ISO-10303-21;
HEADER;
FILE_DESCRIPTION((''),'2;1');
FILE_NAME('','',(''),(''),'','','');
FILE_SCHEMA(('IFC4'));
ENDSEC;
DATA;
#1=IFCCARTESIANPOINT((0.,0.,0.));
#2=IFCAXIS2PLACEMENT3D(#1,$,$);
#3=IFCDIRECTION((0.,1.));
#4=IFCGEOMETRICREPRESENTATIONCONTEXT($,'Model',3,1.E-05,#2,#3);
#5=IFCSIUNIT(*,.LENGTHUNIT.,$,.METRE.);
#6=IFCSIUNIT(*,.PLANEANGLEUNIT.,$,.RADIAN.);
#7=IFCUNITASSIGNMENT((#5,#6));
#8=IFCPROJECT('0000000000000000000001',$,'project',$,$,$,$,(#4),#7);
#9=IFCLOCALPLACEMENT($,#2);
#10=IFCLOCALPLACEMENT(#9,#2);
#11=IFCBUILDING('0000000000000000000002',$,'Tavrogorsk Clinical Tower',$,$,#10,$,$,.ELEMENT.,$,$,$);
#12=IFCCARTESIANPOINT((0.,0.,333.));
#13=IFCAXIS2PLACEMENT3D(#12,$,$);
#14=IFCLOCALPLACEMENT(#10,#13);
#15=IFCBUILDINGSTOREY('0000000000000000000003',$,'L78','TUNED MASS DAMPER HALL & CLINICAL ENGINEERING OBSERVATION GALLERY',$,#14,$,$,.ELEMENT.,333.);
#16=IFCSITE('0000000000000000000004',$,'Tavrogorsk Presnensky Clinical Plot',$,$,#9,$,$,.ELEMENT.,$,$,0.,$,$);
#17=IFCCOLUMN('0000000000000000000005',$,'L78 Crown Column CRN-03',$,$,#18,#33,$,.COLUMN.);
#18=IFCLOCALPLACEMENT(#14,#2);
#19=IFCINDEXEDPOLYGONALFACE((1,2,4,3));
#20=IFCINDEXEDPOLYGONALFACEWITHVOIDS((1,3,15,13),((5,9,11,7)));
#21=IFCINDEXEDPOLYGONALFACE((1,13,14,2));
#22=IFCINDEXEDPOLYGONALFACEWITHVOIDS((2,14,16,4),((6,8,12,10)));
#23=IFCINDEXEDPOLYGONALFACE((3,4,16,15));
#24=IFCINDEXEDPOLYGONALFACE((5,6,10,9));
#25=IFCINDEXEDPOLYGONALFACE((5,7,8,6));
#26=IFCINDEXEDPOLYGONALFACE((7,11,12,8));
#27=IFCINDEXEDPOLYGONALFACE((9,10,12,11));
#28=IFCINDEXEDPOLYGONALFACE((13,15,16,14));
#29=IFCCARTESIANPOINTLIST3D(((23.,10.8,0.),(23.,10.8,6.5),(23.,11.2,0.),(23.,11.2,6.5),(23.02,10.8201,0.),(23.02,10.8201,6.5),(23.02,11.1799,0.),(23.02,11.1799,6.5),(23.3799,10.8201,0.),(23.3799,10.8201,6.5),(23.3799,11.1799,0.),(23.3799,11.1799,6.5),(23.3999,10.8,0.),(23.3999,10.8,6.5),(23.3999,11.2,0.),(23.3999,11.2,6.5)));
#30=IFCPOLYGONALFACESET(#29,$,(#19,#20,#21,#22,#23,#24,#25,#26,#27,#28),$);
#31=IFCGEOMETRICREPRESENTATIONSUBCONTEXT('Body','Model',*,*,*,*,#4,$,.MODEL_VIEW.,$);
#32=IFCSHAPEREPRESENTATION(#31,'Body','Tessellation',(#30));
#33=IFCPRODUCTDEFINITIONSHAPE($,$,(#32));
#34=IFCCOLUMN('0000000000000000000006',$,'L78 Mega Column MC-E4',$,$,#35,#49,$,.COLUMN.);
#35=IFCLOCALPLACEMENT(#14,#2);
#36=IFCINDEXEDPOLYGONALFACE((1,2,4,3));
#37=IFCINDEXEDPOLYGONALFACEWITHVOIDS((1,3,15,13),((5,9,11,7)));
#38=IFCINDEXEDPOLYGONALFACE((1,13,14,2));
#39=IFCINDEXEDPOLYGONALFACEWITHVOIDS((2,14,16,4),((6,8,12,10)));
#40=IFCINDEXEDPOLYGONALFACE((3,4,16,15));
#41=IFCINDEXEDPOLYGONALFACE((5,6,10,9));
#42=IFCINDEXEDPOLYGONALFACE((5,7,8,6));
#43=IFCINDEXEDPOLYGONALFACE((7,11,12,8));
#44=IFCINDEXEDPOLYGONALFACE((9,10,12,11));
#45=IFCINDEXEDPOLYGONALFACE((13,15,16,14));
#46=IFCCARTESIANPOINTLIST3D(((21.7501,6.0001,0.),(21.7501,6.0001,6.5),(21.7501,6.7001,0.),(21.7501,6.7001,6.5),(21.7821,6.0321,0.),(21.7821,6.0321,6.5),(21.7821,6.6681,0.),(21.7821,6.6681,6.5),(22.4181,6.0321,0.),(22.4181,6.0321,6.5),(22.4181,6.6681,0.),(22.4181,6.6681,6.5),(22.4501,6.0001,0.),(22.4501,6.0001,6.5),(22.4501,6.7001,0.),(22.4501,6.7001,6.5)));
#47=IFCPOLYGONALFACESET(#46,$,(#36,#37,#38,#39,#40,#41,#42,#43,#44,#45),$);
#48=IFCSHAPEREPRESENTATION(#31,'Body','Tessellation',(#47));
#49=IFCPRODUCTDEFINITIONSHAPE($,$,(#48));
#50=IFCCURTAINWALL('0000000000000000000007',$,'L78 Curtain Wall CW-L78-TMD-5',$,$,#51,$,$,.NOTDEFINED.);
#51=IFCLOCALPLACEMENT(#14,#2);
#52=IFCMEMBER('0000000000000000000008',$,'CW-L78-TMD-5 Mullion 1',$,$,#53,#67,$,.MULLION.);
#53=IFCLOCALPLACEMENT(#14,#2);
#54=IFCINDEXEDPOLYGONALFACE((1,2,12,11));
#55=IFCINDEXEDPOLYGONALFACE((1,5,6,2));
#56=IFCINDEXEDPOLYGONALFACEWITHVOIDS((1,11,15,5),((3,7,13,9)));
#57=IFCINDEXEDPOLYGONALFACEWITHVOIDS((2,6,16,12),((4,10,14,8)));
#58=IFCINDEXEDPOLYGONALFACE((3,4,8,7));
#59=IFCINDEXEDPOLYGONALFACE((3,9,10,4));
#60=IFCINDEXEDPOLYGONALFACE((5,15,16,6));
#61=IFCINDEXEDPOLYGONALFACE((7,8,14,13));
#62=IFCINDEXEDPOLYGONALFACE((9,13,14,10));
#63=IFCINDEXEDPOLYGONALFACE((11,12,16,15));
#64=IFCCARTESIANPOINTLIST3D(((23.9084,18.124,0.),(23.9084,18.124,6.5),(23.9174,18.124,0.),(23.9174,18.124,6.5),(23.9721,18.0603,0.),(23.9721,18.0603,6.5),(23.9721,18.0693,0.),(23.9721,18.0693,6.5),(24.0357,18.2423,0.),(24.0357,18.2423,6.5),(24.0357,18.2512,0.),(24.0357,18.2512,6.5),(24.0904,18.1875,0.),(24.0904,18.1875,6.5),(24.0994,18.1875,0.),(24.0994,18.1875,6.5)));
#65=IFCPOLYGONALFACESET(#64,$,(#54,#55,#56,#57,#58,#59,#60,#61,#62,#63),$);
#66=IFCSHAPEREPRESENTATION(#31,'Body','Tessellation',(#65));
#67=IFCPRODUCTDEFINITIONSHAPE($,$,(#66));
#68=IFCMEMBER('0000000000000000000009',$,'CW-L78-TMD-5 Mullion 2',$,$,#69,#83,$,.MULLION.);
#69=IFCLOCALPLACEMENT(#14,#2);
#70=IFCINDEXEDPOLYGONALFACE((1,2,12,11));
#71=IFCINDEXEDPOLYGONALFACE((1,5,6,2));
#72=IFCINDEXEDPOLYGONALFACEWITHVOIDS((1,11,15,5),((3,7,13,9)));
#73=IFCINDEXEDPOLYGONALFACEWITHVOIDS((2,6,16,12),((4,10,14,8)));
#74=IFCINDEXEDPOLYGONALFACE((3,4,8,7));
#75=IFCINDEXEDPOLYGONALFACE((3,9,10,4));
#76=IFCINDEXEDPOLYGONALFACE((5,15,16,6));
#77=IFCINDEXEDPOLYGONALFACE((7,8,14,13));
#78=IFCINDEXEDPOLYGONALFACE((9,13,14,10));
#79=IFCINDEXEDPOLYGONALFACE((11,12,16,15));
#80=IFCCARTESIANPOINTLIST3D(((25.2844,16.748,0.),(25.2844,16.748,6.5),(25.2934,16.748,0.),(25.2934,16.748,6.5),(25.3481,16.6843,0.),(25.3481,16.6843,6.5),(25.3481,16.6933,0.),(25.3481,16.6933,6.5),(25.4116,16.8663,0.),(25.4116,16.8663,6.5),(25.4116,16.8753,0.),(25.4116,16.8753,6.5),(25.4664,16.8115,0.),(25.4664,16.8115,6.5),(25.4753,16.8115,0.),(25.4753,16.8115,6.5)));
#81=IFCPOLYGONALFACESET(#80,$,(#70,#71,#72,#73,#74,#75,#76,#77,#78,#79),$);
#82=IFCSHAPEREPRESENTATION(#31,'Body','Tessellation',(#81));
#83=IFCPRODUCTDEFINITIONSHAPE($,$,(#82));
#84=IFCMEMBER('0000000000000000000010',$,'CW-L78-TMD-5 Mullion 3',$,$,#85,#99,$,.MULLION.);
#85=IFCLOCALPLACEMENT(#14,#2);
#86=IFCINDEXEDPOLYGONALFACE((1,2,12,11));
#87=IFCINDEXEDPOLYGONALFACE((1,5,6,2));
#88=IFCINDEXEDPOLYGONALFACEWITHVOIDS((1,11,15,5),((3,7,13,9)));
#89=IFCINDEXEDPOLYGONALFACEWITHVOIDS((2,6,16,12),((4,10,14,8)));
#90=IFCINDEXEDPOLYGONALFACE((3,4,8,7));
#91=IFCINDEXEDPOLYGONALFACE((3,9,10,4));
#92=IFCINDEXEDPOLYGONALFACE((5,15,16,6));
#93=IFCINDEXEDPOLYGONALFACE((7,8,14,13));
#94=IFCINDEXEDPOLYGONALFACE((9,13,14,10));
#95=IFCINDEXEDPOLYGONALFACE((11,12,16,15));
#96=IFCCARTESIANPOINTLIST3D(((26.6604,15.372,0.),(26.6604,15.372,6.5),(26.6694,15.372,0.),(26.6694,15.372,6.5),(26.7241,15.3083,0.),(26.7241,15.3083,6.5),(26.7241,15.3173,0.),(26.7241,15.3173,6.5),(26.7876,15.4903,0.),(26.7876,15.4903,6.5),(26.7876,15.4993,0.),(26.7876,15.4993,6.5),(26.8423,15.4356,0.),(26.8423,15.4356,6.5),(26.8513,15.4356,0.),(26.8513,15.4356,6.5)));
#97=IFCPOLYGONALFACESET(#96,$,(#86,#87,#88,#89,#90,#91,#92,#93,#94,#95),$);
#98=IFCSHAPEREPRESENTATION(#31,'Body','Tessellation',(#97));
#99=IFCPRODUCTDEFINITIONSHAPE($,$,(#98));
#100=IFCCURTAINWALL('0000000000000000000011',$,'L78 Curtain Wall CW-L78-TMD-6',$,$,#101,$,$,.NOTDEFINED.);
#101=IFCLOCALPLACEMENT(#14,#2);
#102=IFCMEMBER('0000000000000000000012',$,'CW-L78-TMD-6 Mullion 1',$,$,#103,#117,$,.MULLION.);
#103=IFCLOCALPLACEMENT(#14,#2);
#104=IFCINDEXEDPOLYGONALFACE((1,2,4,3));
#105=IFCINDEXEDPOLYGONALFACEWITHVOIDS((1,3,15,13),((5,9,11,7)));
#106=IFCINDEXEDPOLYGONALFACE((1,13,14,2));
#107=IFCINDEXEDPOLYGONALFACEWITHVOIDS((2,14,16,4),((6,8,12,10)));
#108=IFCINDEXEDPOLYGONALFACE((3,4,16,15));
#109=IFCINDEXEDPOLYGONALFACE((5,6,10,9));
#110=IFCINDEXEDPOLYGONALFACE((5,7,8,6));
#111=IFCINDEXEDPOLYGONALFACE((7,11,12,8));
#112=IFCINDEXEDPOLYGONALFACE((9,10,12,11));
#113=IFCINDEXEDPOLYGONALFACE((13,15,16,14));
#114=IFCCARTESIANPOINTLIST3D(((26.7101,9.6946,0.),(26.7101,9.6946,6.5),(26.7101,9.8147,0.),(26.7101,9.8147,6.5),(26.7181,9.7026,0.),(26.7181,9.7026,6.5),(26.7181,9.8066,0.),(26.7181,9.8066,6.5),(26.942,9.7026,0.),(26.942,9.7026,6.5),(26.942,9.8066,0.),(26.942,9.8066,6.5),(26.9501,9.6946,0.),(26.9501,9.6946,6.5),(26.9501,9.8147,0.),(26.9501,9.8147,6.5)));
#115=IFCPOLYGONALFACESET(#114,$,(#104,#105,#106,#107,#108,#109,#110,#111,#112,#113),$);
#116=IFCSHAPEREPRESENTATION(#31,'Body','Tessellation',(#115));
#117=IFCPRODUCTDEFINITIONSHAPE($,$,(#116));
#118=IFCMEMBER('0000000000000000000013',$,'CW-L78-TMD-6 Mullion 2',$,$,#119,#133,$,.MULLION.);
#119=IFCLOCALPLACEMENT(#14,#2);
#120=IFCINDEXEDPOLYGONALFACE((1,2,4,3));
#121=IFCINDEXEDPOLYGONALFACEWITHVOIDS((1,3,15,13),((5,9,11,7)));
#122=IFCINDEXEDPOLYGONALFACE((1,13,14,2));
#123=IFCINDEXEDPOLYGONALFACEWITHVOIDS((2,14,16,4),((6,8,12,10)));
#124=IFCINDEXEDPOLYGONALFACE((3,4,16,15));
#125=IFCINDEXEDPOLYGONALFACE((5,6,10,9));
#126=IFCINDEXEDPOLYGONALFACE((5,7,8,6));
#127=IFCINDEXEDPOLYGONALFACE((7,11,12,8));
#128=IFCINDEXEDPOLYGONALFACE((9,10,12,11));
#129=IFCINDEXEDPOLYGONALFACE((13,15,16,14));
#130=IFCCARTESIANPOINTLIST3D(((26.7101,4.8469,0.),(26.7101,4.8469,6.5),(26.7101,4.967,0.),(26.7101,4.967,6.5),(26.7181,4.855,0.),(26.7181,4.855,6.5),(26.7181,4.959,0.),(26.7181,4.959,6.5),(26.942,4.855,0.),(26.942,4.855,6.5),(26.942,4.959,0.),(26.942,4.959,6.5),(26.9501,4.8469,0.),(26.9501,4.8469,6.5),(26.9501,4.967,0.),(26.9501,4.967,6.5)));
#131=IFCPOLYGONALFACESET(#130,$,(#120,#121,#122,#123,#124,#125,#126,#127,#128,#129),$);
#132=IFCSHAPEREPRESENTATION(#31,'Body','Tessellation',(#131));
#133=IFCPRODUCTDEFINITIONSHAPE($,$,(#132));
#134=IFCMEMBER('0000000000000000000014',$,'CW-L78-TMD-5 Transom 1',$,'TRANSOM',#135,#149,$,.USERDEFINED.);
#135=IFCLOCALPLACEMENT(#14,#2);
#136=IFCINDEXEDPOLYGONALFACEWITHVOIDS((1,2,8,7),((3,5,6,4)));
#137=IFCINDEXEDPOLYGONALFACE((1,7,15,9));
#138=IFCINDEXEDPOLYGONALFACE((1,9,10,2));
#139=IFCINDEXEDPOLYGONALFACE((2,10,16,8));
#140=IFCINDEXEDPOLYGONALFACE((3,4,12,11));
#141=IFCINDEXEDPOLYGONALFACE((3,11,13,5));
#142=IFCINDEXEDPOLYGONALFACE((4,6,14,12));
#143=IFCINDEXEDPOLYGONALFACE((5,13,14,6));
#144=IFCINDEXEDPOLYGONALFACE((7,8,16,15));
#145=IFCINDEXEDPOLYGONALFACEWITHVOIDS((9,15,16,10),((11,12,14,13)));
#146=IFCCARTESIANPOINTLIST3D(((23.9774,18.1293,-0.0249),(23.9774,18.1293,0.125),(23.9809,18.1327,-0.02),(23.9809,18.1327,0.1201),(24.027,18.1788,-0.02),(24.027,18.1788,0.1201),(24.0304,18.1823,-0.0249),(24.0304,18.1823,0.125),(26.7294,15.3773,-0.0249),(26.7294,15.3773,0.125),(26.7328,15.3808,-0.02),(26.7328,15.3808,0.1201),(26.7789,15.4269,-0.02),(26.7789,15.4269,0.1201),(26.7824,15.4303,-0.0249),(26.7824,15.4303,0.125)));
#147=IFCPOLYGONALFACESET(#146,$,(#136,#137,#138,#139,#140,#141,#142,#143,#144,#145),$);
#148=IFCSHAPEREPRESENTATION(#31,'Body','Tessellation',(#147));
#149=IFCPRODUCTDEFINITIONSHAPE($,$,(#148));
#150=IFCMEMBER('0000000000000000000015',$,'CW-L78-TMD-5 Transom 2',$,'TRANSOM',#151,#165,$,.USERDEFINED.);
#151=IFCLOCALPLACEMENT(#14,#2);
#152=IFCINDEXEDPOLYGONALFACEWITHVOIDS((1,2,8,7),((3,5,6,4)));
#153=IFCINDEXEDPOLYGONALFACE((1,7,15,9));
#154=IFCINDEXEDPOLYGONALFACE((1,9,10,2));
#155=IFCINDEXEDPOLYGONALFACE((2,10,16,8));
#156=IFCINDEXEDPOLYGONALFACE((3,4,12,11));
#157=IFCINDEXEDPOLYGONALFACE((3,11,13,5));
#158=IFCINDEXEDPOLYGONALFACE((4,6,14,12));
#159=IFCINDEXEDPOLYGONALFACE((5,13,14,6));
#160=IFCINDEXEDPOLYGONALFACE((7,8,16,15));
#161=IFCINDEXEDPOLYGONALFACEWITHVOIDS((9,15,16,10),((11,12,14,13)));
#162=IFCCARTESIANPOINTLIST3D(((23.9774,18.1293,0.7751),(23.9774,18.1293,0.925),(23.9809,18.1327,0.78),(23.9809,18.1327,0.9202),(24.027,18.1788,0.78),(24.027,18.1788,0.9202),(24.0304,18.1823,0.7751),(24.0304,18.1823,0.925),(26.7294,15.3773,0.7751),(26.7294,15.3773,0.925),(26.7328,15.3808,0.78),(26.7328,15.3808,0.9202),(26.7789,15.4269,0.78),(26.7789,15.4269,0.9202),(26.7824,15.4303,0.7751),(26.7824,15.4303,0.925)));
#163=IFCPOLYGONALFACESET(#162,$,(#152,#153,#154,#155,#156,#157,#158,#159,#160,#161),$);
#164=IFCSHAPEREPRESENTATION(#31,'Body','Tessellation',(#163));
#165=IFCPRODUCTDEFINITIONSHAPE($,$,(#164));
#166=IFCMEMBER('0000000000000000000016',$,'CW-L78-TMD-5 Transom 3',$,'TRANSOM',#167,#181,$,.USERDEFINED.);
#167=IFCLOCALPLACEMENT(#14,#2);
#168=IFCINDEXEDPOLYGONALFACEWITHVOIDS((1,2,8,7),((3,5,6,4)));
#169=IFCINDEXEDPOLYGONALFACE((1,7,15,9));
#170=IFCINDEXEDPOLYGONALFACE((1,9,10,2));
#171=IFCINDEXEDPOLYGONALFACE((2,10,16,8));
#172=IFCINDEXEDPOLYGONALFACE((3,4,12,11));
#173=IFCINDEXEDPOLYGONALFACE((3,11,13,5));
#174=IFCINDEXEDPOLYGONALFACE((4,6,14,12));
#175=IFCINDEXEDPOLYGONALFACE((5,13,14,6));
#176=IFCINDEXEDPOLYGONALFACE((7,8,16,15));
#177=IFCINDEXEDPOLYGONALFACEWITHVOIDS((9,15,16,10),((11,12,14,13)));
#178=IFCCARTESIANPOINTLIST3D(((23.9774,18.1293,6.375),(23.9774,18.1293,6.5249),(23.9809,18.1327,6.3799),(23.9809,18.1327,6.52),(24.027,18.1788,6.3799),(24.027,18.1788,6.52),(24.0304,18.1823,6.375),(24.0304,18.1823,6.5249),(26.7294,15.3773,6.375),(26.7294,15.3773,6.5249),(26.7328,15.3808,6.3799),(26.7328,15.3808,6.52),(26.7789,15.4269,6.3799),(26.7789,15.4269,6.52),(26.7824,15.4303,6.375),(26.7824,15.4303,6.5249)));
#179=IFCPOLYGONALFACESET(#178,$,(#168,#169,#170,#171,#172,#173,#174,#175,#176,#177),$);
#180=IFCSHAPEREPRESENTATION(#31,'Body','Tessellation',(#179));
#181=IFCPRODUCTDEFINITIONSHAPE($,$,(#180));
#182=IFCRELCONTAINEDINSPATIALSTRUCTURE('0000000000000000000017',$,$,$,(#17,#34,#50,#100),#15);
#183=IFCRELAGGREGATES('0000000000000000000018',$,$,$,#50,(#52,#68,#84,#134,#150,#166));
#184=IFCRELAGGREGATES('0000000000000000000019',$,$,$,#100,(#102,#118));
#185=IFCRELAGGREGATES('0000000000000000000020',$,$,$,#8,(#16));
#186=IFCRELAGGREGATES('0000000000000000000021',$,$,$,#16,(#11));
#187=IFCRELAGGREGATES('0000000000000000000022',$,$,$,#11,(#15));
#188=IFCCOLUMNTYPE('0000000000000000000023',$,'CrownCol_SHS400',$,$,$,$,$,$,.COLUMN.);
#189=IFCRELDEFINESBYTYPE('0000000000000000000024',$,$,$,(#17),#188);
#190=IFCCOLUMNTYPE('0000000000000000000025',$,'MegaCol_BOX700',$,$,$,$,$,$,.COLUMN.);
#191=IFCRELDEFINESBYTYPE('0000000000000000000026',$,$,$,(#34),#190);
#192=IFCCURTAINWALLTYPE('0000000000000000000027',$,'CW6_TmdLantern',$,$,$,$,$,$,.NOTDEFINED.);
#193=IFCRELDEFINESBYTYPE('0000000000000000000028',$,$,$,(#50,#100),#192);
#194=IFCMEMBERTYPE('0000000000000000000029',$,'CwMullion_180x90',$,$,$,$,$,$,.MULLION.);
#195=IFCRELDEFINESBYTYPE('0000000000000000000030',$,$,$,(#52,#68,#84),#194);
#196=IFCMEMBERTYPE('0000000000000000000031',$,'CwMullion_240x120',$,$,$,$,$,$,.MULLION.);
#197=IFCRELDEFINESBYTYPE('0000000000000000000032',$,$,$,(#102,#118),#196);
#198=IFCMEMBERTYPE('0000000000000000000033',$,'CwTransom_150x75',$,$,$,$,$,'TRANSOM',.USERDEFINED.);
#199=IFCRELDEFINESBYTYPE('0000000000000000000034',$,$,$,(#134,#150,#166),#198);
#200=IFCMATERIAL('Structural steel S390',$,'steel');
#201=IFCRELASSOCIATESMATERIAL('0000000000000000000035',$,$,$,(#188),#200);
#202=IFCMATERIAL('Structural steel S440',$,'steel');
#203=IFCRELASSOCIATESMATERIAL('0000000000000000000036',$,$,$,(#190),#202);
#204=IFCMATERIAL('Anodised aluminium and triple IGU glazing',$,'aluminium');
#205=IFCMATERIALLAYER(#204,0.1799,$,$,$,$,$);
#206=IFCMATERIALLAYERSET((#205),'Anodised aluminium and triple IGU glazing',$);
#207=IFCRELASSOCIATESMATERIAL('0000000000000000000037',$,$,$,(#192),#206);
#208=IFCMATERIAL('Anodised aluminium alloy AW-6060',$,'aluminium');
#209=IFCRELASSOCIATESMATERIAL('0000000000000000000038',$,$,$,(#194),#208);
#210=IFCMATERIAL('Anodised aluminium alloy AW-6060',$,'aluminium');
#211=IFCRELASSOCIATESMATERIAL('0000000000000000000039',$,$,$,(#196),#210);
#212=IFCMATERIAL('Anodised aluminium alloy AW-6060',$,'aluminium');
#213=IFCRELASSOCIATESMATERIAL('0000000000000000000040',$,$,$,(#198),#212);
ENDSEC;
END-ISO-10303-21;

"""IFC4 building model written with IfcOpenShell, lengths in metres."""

from ifc_helpers import new_model, si_unit, direction, frame, origin, origin_2d, place, context, subcontext, project, spatial, hollow_rectangle, extrude, material, layer, layer_set, material_profile, profile_set, type_object, element, aggregate, save


model = new_model("IFC4")

# Units and contexts
model_context = context("Model", 3, precision=1e-05, world=origin(), true_north=direction((0.0, 1.0)))
body_context = subcontext(model_context, "Body", "Model", "MODEL_VIEW")
ifc_project = project(units=[si_unit("LENGTHUNIT", "METRE"), si_unit("PLANEANGLEUNIT", "RADIAN")], contexts=[model_context])

# Site, building, storey
site_placement = place(None, origin())
site = spatial("IfcSite", under=ifc_project, at=site_placement, Name="Tavrogorsk Presnensky Clinical Plot", CompositionType="ELEMENT", RefElevation=0.0)
building_placement = place(site_placement, origin())
building = spatial("IfcBuilding", under=site, at=building_placement, Name="Tavrogorsk Clinical Tower", CompositionType="ELEMENT")
storey_placement = place(building_placement, frame((0.0, 0.0, 333.0)))
storey = spatial("IfcBuildingStorey", under=building, at=storey_placement, Name="L78", Description="TUNED MASS DAMPER HALL & CLINICAL ENGINEERING OBSERVATION GALLERY", CompositionType="ELEMENT", Elevation=333.0)

# Columns
ifc_material_1 = material(Name="Structural steel S390", Category="steel")
ifc_material_profile_1 = material_profile(ifc_material_1, hollow_rectangle(XDim=0.3999, YDim=0.3999, WallThickness=0.02, at=origin_2d()), Name="SHS-400x400x20")
ifc_profile_set_1 = profile_set([ifc_material_profile_1], Name="Structural steel S390")
column_type_1 = type_object("IfcColumnType", Name="CrownCol_SHS400", PredefinedType="COLUMN", material=ifc_profile_set_1)
column_1_placement = place(storey_placement, frame((23.2, 11.0, 0.0), z_axis=(0.0, 0.0, 1.0), x_axis=(1.0, 0.0, 0.0)))
element("IfcColumn", 1, at=column_1_placement, inside=storey, type_object=column_type_1, Name="L78 Crown Column CRN-03", PredefinedType="COLUMN", context=body_context, shape_type="SweptSolid", body=[
    extrude(hollow_rectangle(XDim=0.3999, YDim=0.3999, WallThickness=0.02, at=origin_2d()), origin(), (0.0, 0.0, 1.0), 6.5),
])
ifc_material_2 = material(Name="Structural steel S440", Category="steel")
ifc_material_profile_2 = material_profile(ifc_material_2, hollow_rectangle(XDim=0.7, YDim=0.7, WallThickness=0.032, at=origin_2d()), Name="BOX-700x700x32")
ifc_profile_set_2 = profile_set([ifc_material_profile_2], Name="Structural steel S440")
column_type_2 = type_object("IfcColumnType", Name="MegaCol_BOX700", PredefinedType="COLUMN", material=ifc_profile_set_2)
column_2_placement = place(storey_placement, frame((22.1001, 6.3501, 0.0), z_axis=(0.0, 0.0, 1.0), x_axis=(1.0, 0.0, 0.0)))
element("IfcColumn", 2, at=column_2_placement, inside=storey, type_object=column_type_2, Name="L78 Mega Column MC-E4", PredefinedType="COLUMN", context=body_context, shape_type="SweptSolid", body=[
    extrude(hollow_rectangle(XDim=0.7, YDim=0.7, WallThickness=0.032, at=origin_2d()), origin(), (0.0, 0.0, 1.0), 6.5),
])

# Curtain walls, members
ifc_material_3 = material(Name="Anodised aluminium and triple IGU glazing", Category="aluminium")
ifc_layer_1 = layer(ifc_material_3, 0.1799)
ifc_layer_set_1 = layer_set([ifc_layer_1], Name="Anodised aluminium and triple IGU glazing")
curtain_wall_type = type_object("IfcCurtainWallType", Name="CW6_TmdLantern", PredefinedType="NOTDEFINED", material=ifc_layer_set_1)
curtain_wall_1_placement = place(storey_placement, origin())
curtain_wall_1 = element("IfcCurtainWall", 3, at=curtain_wall_1_placement, inside=storey, type_object=curtain_wall_type, Name="L78 Curtain Wall CW-L78-TMD-5", PredefinedType="NOTDEFINED")
ifc_material_4 = material(Name="Anodised aluminium alloy AW-6060", Category="aluminium")
ifc_material_profile_3 = material_profile(ifc_material_4, hollow_rectangle(XDim=0.0901, YDim=0.1799, WallThickness=0.0063, at=origin_2d()), Name="RHS-180x90x6.3")
ifc_profile_set_3 = profile_set([ifc_material_profile_3], Name="Anodised aluminium alloy AW-6060")
member_type_1 = type_object("IfcMemberType", Name="CwMullion_180x90", PredefinedType="MULLION", material=ifc_profile_set_3)
member_1_placement = place(storey_placement, frame((24.0039, 18.1558, 0.0), z_axis=(0.0, 0.0, 1.0), x_axis=(0.707107, -0.707107, 0.0)))
member_1 = element("IfcMember", 4, at=member_1_placement, type_object=member_type_1, Name="CW-L78-TMD-5 Mullion 1", PredefinedType="MULLION", context=body_context, shape_type="SweptSolid", body=[
    extrude(hollow_rectangle(XDim=0.0901, YDim=0.1799, WallThickness=0.0063, at=origin_2d()), origin(), (0.0, 0.0, 1.0), 6.5),
])
member_2_placement = place(storey_placement, frame((25.3799, 16.7798, 0.0), z_axis=(0.0, 0.0, 1.0), x_axis=(0.707107, -0.707107, 0.0)))
member_2 = element("IfcMember", 5, at=member_2_placement, type_object=member_type_1, Name="CW-L78-TMD-5 Mullion 2", PredefinedType="MULLION", context=body_context, shape_type="SweptSolid", body=[
    extrude(hollow_rectangle(XDim=0.0901, YDim=0.1799, WallThickness=0.0063, at=origin_2d()), origin(), (0.0, 0.0, 1.0), 6.5),
])
member_3_placement = place(storey_placement, frame((26.7559, 15.4038, 0.0), z_axis=(0.0, 0.0, 1.0), x_axis=(0.707107, -0.707107, 0.0)))
member_3 = element("IfcMember", 6, at=member_3_placement, type_object=member_type_1, Name="CW-L78-TMD-5 Mullion 3", PredefinedType="MULLION", context=body_context, shape_type="SweptSolid", body=[
    extrude(hollow_rectangle(XDim=0.0901, YDim=0.1799, WallThickness=0.0063, at=origin_2d()), origin(), (0.0, 0.0, 1.0), 6.5),
])
curtain_wall_2_placement = place(storey_placement, origin())
curtain_wall_2 = element("IfcCurtainWall", 7, at=curtain_wall_2_placement, inside=storey, type_object=curtain_wall_type, Name="L78 Curtain Wall CW-L78-TMD-6", PredefinedType="NOTDEFINED")
ifc_material_5 = material(Name="Anodised aluminium alloy AW-6060", Category="aluminium")
ifc_material_profile_4 = material_profile(ifc_material_5, hollow_rectangle(XDim=0.1201, YDim=0.24, WallThickness=0.0081, at=origin_2d()), Name="RHS-240x120x8")
ifc_profile_set_4 = profile_set([ifc_material_profile_4], Name="Anodised aluminium alloy AW-6060")
member_type_2 = type_object("IfcMemberType", Name="CwMullion_240x120", PredefinedType="MULLION", material=ifc_profile_set_4)
member_4_placement = place(storey_placement, frame((26.8301, 9.7546, 0.0), z_axis=(0.0, 0.0, 1.0), x_axis=(0.0, -1.0, 0.0)))
member_4 = element("IfcMember", 8, at=member_4_placement, type_object=member_type_2, Name="CW-L78-TMD-6 Mullion 1", PredefinedType="MULLION", context=body_context, shape_type="SweptSolid", body=[
    extrude(hollow_rectangle(XDim=0.1201, YDim=0.24, WallThickness=0.0081, at=origin_2d()), origin(), (0.0, 0.0, 1.0), 6.5),
])
member_5_placement = place(storey_placement, frame((26.8301, 4.907, 0.0), z_axis=(0.0, 0.0, 1.0), x_axis=(0.0, -1.0, 0.0)))
member_5 = element("IfcMember", 9, at=member_5_placement, type_object=member_type_2, Name="CW-L78-TMD-6 Mullion 2", PredefinedType="MULLION", context=body_context, shape_type="SweptSolid", body=[
    extrude(hollow_rectangle(XDim=0.1201, YDim=0.24, WallThickness=0.0081, at=origin_2d()), origin(), (0.0, 0.0, 1.0), 6.5),
])

# Members
ifc_material_6 = material(Name="Anodised aluminium alloy AW-6060", Category="aluminium")
ifc_material_profile_5 = material_profile(ifc_material_6, hollow_rectangle(XDim=0.075, YDim=0.1499, WallThickness=0.0049, at=origin_2d()), Name="RHS-150x75x5")
ifc_profile_set_5 = profile_set([ifc_material_profile_5], Name="Anodised aluminium alloy AW-6060")
member_type_3 = type_object("IfcMemberType", Name="CwTransom_150x75", ElementType="TRANSOM", PredefinedType="USERDEFINED", material=ifc_profile_set_5)
member_6_placement = place(storey_placement, frame((24.0039, 18.1558, 0.05), z_axis=(0.707107, -0.707107, 0.0), x_axis=(0.707107, 0.707107, 0.0)))
member_6 = element("IfcMember", 10, at=member_6_placement, type_object=member_type_3, Name="CW-L78-TMD-5 Transom 1", ObjectType="TRANSOM", PredefinedType="USERDEFINED", context=body_context, shape_type="SweptSolid", body=[
    extrude(hollow_rectangle(XDim=0.075, YDim=0.1499, WallThickness=0.0049, at=origin_2d()), origin(), (0.0, 0.0, 1.0), 3.8918),
])
member_7_placement = place(storey_placement, frame((24.0039, 18.1558, 0.8501), z_axis=(0.707107, -0.707107, 0.0), x_axis=(0.707107, 0.707107, 0.0)))
member_7 = element("IfcMember", 11, at=member_7_placement, type_object=member_type_3, Name="CW-L78-TMD-5 Transom 2", ObjectType="TRANSOM", PredefinedType="USERDEFINED", context=body_context, shape_type="SweptSolid", body=[
    extrude(hollow_rectangle(XDim=0.075, YDim=0.1499, WallThickness=0.0049, at=origin_2d()), origin(), (0.0, 0.0, 1.0), 3.8918),
])
member_8_placement = place(storey_placement, frame((24.0039, 18.1558, 6.45), z_axis=(0.707107, -0.707107, 0.0), x_axis=(0.707107, 0.707107, 0.0)))
member_8 = element("IfcMember", 12, at=member_8_placement, type_object=member_type_3, Name="CW-L78-TMD-5 Transom 3", ObjectType="TRANSOM", PredefinedType="USERDEFINED", context=body_context, shape_type="SweptSolid", body=[
    extrude(hollow_rectangle(XDim=0.075, YDim=0.1499, WallThickness=0.0049, at=origin_2d()), origin(), (0.0, 0.0, 1.0), 3.8918),
])

aggregate(curtain_wall_1, [member_1, member_2, member_3, member_6, member_7, member_8])
aggregate(curtain_wall_2, [member_4, member_5])

save(model, "model.ifc")
